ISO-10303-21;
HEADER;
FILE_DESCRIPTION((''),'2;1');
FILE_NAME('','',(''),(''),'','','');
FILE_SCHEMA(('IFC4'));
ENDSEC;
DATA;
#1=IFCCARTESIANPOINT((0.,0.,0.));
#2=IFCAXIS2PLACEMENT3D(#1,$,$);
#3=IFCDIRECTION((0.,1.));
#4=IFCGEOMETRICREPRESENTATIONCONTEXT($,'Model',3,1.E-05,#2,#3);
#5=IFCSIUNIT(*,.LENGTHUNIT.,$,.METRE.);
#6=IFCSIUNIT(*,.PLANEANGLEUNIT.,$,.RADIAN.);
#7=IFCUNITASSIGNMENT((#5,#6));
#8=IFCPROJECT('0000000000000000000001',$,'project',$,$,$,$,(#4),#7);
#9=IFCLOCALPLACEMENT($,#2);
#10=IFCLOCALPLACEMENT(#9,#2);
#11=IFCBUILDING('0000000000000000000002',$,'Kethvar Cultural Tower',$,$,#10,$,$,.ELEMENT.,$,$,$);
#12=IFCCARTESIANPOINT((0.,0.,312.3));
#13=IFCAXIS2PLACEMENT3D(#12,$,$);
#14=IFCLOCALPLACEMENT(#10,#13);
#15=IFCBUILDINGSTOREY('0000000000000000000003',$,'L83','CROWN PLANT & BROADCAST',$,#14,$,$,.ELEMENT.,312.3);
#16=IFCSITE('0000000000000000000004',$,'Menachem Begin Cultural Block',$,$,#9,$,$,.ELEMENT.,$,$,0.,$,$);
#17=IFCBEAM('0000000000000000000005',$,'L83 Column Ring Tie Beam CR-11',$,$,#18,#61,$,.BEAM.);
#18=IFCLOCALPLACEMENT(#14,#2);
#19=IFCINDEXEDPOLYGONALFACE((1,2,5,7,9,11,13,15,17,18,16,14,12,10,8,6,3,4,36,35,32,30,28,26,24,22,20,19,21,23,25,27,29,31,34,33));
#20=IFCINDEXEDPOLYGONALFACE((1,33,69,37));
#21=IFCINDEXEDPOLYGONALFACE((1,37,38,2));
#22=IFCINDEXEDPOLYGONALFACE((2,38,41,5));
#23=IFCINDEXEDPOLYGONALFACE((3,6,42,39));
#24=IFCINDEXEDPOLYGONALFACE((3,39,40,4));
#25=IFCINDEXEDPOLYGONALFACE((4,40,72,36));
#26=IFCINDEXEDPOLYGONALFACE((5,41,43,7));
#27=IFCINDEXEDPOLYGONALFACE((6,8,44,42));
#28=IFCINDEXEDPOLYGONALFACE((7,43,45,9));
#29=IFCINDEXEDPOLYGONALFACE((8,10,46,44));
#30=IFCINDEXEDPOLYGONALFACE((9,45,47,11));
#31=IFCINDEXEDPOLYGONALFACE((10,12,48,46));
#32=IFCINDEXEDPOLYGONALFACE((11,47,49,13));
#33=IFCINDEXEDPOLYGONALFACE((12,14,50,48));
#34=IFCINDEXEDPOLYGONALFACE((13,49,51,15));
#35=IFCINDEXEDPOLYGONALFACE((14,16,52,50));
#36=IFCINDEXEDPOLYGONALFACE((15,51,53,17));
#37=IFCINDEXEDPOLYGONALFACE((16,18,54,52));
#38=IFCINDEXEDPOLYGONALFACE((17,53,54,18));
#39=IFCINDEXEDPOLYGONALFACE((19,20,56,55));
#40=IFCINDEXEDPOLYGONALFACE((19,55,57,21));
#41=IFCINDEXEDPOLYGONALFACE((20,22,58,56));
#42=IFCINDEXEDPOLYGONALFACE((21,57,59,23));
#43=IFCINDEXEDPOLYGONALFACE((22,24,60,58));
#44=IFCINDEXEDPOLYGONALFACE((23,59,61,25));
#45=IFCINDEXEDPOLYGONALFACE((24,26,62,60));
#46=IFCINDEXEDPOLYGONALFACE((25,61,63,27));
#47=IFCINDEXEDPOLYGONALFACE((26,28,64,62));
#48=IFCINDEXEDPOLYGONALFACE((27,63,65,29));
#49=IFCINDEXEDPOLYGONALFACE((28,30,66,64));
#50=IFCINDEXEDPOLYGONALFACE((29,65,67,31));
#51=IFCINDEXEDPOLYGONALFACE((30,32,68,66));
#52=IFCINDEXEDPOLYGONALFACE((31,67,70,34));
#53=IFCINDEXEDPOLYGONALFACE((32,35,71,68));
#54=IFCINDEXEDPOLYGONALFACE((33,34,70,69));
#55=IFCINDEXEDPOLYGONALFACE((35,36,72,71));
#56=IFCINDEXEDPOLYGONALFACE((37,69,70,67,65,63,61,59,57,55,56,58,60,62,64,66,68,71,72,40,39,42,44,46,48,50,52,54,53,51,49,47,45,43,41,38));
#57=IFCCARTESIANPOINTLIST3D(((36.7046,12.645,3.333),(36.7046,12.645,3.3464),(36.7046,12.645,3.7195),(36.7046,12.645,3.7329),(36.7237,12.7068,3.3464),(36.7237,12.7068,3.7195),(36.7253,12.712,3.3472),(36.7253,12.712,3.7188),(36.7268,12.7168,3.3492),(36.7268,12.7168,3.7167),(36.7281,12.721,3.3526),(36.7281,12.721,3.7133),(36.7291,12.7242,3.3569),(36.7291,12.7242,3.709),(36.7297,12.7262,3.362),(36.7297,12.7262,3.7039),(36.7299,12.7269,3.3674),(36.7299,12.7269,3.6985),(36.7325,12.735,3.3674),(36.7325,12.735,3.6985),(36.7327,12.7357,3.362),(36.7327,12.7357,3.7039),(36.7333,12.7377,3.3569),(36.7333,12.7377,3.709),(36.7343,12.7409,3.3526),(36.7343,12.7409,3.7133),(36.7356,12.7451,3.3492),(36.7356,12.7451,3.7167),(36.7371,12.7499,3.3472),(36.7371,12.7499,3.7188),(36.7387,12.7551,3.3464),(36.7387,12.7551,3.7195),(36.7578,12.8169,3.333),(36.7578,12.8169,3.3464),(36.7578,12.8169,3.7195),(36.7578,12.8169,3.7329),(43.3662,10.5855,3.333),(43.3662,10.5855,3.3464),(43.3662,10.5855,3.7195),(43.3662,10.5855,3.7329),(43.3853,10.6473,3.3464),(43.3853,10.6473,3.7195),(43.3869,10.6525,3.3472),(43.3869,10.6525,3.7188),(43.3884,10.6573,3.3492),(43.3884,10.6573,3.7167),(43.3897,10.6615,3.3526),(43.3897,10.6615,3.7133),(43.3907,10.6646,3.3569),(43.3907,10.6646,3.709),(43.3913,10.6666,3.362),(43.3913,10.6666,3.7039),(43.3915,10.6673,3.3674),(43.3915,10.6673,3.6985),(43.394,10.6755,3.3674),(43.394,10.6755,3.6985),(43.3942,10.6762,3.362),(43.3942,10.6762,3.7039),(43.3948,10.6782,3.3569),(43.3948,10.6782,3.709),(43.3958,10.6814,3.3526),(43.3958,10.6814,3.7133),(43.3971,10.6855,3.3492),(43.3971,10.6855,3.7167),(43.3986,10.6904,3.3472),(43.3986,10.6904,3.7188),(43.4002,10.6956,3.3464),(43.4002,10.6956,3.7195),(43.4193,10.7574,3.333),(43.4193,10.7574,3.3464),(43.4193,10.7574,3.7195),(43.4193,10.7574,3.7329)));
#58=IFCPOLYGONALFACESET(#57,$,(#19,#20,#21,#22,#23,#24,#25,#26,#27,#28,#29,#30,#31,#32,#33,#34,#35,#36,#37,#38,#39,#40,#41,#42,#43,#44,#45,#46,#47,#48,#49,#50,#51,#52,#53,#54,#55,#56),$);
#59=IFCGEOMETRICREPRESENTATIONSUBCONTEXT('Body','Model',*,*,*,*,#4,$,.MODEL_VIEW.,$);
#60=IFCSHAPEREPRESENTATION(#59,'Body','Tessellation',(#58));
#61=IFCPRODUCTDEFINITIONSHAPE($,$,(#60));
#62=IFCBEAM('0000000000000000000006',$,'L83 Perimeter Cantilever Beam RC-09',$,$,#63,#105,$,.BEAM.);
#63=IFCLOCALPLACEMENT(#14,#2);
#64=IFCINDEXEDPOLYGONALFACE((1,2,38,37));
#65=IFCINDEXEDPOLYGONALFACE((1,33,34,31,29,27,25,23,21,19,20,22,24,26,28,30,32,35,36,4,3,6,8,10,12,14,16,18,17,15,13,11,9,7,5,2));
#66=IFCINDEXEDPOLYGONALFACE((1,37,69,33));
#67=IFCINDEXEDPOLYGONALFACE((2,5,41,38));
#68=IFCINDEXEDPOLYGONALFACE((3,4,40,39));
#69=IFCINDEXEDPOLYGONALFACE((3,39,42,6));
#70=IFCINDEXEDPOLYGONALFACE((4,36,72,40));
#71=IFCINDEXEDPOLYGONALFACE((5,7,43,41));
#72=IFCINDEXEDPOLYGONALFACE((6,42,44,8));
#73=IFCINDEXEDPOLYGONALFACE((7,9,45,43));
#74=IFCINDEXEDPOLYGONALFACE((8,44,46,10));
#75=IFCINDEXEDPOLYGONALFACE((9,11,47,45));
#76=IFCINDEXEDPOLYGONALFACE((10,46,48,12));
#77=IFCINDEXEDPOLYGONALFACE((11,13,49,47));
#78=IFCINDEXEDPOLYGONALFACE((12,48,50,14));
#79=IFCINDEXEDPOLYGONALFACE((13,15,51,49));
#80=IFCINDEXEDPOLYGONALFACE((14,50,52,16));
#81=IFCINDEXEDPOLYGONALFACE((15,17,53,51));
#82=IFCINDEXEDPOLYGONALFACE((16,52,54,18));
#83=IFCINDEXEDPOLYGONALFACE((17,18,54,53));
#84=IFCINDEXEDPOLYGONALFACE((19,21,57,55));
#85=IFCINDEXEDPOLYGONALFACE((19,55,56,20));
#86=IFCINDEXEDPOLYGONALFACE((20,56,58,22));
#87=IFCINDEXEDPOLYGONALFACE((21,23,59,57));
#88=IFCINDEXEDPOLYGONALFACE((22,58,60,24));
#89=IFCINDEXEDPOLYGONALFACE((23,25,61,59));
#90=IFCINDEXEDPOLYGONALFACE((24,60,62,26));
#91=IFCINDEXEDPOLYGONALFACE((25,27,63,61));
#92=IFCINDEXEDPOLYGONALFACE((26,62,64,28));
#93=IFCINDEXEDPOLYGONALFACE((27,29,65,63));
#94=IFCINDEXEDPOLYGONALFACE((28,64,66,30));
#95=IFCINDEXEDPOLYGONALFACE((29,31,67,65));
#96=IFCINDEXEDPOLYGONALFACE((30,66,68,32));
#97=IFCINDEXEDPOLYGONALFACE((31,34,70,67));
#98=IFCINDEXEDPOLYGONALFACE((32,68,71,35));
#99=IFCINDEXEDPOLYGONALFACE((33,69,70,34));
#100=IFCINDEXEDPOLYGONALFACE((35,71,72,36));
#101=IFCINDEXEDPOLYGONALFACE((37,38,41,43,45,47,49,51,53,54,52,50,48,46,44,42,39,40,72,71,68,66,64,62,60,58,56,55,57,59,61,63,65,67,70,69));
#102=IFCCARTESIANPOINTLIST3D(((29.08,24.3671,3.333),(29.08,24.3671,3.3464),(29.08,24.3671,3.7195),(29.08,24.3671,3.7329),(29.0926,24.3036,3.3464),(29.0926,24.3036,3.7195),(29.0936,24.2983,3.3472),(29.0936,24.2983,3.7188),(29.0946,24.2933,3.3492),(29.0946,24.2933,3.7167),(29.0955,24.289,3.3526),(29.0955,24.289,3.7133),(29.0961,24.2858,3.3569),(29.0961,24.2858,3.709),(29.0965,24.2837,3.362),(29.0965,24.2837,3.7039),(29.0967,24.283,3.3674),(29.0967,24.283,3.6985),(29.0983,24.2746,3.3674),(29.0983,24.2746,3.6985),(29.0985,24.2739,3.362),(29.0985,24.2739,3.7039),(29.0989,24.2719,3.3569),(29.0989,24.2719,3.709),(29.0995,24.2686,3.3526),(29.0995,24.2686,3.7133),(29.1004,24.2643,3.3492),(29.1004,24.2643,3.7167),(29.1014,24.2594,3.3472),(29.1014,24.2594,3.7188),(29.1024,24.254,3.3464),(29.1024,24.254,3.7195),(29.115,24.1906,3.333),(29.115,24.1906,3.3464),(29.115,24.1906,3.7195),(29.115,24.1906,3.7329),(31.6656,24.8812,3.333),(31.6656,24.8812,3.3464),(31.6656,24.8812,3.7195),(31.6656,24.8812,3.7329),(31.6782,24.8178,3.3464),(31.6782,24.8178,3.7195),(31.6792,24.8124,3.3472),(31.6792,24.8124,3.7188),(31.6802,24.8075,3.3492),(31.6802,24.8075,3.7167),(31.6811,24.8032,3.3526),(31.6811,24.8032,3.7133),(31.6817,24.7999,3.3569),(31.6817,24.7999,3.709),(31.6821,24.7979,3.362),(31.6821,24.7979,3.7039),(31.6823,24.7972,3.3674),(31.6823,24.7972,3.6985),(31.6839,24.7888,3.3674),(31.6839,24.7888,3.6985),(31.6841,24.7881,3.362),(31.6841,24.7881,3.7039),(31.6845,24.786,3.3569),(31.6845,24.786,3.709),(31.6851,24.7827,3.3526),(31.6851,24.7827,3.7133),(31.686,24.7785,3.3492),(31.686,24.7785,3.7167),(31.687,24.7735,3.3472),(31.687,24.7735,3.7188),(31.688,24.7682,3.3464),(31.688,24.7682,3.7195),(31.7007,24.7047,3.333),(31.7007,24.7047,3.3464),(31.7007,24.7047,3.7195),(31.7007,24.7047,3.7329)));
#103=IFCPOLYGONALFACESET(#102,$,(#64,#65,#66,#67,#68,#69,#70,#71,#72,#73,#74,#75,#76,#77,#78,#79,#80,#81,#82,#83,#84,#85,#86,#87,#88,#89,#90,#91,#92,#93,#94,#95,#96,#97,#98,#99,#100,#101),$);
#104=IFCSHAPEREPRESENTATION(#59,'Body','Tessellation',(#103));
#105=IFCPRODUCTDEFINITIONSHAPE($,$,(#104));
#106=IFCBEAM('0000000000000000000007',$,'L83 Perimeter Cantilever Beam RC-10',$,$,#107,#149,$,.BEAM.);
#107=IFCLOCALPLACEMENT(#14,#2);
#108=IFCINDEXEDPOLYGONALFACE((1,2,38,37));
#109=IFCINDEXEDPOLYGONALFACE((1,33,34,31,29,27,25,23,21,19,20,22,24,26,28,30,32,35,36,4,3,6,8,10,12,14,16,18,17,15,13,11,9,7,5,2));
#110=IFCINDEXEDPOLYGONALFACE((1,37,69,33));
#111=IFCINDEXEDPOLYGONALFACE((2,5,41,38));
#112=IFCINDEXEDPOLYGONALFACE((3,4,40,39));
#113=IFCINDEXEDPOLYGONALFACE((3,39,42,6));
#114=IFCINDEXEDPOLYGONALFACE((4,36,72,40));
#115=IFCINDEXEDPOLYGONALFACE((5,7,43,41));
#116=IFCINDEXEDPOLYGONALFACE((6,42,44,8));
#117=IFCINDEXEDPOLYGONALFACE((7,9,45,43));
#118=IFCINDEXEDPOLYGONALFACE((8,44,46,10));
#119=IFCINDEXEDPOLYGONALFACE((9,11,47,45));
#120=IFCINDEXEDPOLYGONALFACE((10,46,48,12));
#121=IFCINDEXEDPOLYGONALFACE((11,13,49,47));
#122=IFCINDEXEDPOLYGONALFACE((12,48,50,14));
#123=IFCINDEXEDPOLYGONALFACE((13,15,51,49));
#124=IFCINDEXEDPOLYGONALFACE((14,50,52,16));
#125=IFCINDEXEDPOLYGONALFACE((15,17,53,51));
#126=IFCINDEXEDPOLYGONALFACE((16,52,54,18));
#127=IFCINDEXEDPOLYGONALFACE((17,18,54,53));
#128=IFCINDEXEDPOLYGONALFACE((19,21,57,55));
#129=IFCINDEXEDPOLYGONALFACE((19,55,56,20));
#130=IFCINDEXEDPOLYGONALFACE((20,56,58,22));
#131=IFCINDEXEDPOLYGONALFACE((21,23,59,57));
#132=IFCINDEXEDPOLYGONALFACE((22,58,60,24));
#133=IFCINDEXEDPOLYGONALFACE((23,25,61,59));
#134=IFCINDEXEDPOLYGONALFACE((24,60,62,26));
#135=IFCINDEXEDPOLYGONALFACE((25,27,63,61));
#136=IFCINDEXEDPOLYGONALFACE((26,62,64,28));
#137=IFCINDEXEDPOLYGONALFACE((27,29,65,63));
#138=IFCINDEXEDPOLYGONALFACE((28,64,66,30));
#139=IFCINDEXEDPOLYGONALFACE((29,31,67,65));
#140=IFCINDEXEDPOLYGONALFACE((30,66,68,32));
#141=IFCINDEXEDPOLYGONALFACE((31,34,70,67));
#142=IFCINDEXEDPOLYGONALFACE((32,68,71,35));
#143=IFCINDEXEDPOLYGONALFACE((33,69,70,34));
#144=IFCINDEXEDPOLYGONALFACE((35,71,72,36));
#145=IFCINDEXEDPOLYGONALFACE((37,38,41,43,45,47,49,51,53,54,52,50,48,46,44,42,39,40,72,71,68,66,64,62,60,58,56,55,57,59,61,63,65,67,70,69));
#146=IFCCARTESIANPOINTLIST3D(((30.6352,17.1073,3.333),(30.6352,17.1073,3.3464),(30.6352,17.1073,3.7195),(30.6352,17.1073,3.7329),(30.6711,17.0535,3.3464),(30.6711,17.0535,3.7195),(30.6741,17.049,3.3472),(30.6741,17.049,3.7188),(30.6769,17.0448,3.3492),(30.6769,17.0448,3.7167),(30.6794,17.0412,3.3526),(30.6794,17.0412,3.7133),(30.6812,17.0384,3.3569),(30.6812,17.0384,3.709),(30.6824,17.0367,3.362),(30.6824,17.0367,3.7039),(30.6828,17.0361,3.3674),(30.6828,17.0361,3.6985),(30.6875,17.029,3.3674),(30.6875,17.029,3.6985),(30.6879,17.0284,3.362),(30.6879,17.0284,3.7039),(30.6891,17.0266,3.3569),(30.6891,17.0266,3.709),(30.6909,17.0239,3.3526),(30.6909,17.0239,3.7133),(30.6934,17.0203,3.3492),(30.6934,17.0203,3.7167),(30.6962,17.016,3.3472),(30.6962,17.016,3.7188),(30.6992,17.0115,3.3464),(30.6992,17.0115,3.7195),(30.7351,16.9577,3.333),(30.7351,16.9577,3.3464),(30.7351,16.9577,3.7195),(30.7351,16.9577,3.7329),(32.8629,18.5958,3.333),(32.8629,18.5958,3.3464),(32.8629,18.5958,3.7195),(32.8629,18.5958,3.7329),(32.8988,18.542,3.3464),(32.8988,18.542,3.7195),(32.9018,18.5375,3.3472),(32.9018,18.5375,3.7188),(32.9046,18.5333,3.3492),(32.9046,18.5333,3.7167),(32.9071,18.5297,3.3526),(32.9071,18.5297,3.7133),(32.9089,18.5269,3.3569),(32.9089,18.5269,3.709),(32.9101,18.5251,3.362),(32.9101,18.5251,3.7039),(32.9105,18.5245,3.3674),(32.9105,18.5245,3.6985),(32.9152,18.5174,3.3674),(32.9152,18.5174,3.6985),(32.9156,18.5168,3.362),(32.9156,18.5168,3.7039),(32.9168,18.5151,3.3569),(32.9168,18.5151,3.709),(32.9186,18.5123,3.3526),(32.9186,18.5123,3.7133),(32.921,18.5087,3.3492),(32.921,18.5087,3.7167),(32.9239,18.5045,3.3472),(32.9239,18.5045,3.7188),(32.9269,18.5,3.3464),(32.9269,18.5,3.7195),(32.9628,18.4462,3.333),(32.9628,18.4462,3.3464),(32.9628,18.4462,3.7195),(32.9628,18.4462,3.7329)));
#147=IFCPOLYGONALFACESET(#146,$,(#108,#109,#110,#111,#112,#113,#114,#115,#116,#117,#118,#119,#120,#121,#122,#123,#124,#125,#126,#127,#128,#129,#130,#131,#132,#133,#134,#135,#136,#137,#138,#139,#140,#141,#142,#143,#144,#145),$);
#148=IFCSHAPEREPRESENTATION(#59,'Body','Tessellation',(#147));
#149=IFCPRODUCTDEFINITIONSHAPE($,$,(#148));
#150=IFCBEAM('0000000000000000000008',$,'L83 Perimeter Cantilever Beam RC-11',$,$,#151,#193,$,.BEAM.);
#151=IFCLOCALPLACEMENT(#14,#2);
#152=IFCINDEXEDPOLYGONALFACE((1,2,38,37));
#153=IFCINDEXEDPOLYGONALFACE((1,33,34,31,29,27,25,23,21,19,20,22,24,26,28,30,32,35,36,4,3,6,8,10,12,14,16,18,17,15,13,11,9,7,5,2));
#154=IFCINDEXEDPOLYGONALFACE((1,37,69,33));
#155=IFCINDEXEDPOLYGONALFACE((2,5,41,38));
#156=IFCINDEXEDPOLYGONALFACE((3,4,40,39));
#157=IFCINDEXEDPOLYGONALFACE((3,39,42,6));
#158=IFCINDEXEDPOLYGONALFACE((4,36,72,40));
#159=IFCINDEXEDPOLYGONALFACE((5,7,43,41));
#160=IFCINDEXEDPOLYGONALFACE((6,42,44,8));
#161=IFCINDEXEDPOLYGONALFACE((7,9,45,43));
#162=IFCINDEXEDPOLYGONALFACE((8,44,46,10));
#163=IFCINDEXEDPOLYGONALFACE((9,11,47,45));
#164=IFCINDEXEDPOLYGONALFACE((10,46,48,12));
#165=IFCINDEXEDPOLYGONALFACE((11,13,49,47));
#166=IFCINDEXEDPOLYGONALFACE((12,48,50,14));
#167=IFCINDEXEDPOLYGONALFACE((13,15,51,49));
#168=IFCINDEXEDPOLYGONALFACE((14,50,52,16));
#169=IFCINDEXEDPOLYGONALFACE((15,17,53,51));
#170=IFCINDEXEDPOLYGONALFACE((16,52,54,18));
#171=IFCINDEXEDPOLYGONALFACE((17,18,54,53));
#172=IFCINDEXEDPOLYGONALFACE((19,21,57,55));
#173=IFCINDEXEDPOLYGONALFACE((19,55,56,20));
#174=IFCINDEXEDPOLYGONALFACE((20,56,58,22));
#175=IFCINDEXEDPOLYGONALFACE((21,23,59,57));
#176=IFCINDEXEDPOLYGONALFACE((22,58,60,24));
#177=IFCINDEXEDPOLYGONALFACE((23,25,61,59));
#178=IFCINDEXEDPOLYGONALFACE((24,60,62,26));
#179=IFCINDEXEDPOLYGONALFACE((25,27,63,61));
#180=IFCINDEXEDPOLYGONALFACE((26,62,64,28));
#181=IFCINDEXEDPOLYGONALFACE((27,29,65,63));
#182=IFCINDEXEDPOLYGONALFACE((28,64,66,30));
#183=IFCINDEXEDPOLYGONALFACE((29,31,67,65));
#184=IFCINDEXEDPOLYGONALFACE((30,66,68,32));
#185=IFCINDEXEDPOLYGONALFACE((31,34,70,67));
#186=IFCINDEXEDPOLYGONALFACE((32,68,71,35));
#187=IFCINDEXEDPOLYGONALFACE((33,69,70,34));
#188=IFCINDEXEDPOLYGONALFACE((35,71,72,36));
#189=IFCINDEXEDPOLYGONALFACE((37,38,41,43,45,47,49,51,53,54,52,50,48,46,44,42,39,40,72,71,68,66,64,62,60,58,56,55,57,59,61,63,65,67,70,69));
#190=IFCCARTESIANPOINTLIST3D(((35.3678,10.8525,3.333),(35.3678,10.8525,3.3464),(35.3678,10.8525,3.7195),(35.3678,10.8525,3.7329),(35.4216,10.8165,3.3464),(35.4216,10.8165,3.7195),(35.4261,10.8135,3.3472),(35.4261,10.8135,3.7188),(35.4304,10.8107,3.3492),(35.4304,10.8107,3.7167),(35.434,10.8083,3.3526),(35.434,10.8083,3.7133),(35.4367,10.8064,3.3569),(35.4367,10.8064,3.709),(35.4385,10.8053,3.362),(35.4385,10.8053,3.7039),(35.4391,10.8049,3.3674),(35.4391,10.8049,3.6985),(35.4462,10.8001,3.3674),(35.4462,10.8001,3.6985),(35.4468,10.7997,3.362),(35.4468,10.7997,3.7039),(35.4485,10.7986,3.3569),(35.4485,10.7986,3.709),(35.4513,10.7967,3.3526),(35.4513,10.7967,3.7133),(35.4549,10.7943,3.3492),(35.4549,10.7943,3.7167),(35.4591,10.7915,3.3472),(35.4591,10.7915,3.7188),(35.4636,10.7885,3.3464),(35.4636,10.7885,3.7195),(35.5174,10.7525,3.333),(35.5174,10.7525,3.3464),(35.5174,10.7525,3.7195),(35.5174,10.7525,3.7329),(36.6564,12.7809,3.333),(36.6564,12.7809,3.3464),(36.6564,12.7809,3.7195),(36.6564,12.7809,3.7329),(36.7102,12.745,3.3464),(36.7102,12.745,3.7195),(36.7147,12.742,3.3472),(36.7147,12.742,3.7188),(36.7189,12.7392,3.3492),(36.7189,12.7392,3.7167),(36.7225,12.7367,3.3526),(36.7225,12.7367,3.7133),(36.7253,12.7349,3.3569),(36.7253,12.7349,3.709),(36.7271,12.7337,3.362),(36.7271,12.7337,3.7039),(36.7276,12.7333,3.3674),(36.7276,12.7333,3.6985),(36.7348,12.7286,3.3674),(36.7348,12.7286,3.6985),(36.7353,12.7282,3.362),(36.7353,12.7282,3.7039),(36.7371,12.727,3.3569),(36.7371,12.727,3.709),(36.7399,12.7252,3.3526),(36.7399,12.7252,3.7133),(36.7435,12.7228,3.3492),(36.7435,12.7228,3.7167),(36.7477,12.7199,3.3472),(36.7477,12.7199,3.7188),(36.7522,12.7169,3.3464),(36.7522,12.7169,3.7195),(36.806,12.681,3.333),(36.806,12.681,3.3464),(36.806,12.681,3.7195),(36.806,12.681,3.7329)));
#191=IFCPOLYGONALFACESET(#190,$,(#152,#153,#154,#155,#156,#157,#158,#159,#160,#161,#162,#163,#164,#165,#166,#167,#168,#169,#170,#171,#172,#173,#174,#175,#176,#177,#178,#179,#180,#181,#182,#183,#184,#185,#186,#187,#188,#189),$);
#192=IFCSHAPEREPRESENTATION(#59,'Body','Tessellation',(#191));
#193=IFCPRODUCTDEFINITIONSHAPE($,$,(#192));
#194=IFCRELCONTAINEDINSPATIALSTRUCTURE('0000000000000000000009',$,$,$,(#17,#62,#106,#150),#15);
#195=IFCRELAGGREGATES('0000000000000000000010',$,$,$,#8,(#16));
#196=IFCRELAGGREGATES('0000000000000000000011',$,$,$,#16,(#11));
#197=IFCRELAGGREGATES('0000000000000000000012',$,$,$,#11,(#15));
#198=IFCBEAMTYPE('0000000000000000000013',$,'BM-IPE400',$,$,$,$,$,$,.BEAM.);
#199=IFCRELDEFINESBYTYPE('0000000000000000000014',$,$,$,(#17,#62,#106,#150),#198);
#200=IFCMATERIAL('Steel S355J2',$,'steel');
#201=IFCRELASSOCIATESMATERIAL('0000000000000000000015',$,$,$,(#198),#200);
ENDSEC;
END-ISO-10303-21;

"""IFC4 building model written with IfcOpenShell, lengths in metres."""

from ifc_helpers import new_model, si_unit, direction, frame, origin, origin_2d, place, context, subcontext, project, spatial, i_section, extrude, source, transform, mapped, material, material_profile, profile_set, type_object, element, save


model = new_model("IFC4")

# Units and contexts
model_context = context("Model", 3, precision=1e-05, world=origin(), true_north=direction((0.0, 1.0)))
body_context = subcontext(model_context, "Body", "Model", "MODEL_VIEW")
ifc_project = project(units=[si_unit("LENGTHUNIT", "METRE"), si_unit("PLANEANGLEUNIT", "RADIAN")], contexts=[model_context])

# Site, building, storey
site_placement = place(None, origin())
site = spatial("IfcSite", under=ifc_project, at=site_placement, Name="Menachem Begin Cultural Block", CompositionType="ELEMENT", RefElevation=0.0)
building_placement = place(site_placement, origin())
building = spatial("IfcBuilding", under=site, at=building_placement, Name="Kethvar Cultural Tower", CompositionType="ELEMENT")
storey_placement = place(building_placement, frame((0.0, 0.0, 312.3)))
storey = spatial("IfcBuildingStorey", under=building, at=storey_placement, Name="L83", Description="CROWN PLANT & BROADCAST", CompositionType="ELEMENT", Elevation=312.3)

# Shared definitions
ifc_material_1 = material(Name="Steel S355J2", Category="steel")

# Beams
ifc_material_profile_1 = material_profile(ifc_material_1, i_section(OverallWidth=0.1799, OverallDepth=0.3999, WebThickness=0.0085, FlangeThickness=0.0134, FilletRadius=0.021, at=origin_2d()), Name="Steel S355J2 — IPE400")
ifc_profile_set_1 = profile_set([ifc_material_profile_1], Name="Steel S355J2 — IPE400")
beam_type_1 = type_object("IfcBeamType", Name="BM-IPE400", PredefinedType="BEAM", material=ifc_profile_set_1)
shared_shape_1 = source(origin(), body_context, "Body", "SweptSolid", [
    extrude(i_section(OverallWidth=0.1799, OverallDepth=0.3999, WebThickness=0.0085, FlangeThickness=0.0134, FilletRadius=0.021, at=origin_2d()), origin(), (0.0, 0.0, 1.0), 6.9727),
])
beam_1_placement = place(storey_placement, frame((36.7312, 12.731, 3.533), z_axis=(0.955381, -0.295375, 0.0), x_axis=(0.295375, 0.955381, 0.0)))
element("IfcBeam", 1, at=beam_1_placement, inside=storey, type_object=beam_type_1, Name="L83 Column Ring Tie Beam CR-11", PredefinedType="BEAM", context=body_context, shape_type="MappedRepresentation", body=[
    mapped(shared_shape_1, transform((0.0, 0.0, 0.0), scale=1.0)),
])
shared_shape_2 = source(origin(), body_context, "Body", "SweptSolid", [
    extrude(i_section(OverallWidth=0.1799, OverallDepth=0.3999, WebThickness=0.0085, FlangeThickness=0.0134, FilletRadius=0.021, at=origin_2d()), origin(), (0.0, 0.0, 1.0), 2.6362),
])
beam_2_placement = place(storey_placement, frame((31.6831, 24.793, 3.533), z_axis=(-0.980797, -0.19503, 0.0), x_axis=(0.19503, -0.980797, 0.0)))
element("IfcBeam", 2, at=beam_2_placement, inside=storey, type_object=beam_type_1, Name="L83 Perimeter Cantilever Beam RC-09", PredefinedType="BEAM", context=body_context, shape_type="MappedRepresentation", body=[
    mapped(shared_shape_2, transform((0.0, 0.0, 0.0), scale=1.0)),
])
shared_shape_3 = source(origin(), body_context, "Body", "SweptSolid", [
    extrude(i_section(OverallWidth=0.1799, OverallDepth=0.3999, WebThickness=0.0085, FlangeThickness=0.0134, FilletRadius=0.021, at=origin_2d()), origin(), (0.0, 0.0, 1.0), 2.6792),
])
beam_3_placement = place(storey_placement, frame((32.9128, 18.521, 3.533), z_axis=(-0.831475, -0.555562, 0.0), x_axis=(0.555562, -0.831475, 0.0)))
element("IfcBeam", 3, at=beam_3_placement, inside=storey, type_object=beam_type_1, Name="L83 Perimeter Cantilever Beam RC-10", PredefinedType="BEAM", context=body_context, shape_type="MappedRepresentation", body=[
    mapped(shared_shape_3, transform((0.0, 0.0, 0.0), scale=1.0)),
])
shared_shape_4 = source(origin(), body_context, "Body", "SweptSolid", [
    extrude(i_section(OverallWidth=0.1799, OverallDepth=0.3999, WebThickness=0.0085, FlangeThickness=0.0134, FilletRadius=0.021, at=origin_2d()), origin(), (0.0, 0.0, 1.0), 2.3193),
])
beam_4_placement = place(storey_placement, frame((36.7312, 12.731, 3.533), z_axis=(-0.555574, -0.831467, 0.0), x_axis=(0.831467, -0.555574, 0.0)))
element("IfcBeam", 4, at=beam_4_placement, inside=storey, type_object=beam_type_1, Name="L83 Perimeter Cantilever Beam RC-11", PredefinedType="BEAM", context=body_context, shape_type="MappedRepresentation", body=[
    mapped(shared_shape_4, transform((0.0, 0.0, 0.0), scale=1.0)),
])

save(model, "model.ifc")
